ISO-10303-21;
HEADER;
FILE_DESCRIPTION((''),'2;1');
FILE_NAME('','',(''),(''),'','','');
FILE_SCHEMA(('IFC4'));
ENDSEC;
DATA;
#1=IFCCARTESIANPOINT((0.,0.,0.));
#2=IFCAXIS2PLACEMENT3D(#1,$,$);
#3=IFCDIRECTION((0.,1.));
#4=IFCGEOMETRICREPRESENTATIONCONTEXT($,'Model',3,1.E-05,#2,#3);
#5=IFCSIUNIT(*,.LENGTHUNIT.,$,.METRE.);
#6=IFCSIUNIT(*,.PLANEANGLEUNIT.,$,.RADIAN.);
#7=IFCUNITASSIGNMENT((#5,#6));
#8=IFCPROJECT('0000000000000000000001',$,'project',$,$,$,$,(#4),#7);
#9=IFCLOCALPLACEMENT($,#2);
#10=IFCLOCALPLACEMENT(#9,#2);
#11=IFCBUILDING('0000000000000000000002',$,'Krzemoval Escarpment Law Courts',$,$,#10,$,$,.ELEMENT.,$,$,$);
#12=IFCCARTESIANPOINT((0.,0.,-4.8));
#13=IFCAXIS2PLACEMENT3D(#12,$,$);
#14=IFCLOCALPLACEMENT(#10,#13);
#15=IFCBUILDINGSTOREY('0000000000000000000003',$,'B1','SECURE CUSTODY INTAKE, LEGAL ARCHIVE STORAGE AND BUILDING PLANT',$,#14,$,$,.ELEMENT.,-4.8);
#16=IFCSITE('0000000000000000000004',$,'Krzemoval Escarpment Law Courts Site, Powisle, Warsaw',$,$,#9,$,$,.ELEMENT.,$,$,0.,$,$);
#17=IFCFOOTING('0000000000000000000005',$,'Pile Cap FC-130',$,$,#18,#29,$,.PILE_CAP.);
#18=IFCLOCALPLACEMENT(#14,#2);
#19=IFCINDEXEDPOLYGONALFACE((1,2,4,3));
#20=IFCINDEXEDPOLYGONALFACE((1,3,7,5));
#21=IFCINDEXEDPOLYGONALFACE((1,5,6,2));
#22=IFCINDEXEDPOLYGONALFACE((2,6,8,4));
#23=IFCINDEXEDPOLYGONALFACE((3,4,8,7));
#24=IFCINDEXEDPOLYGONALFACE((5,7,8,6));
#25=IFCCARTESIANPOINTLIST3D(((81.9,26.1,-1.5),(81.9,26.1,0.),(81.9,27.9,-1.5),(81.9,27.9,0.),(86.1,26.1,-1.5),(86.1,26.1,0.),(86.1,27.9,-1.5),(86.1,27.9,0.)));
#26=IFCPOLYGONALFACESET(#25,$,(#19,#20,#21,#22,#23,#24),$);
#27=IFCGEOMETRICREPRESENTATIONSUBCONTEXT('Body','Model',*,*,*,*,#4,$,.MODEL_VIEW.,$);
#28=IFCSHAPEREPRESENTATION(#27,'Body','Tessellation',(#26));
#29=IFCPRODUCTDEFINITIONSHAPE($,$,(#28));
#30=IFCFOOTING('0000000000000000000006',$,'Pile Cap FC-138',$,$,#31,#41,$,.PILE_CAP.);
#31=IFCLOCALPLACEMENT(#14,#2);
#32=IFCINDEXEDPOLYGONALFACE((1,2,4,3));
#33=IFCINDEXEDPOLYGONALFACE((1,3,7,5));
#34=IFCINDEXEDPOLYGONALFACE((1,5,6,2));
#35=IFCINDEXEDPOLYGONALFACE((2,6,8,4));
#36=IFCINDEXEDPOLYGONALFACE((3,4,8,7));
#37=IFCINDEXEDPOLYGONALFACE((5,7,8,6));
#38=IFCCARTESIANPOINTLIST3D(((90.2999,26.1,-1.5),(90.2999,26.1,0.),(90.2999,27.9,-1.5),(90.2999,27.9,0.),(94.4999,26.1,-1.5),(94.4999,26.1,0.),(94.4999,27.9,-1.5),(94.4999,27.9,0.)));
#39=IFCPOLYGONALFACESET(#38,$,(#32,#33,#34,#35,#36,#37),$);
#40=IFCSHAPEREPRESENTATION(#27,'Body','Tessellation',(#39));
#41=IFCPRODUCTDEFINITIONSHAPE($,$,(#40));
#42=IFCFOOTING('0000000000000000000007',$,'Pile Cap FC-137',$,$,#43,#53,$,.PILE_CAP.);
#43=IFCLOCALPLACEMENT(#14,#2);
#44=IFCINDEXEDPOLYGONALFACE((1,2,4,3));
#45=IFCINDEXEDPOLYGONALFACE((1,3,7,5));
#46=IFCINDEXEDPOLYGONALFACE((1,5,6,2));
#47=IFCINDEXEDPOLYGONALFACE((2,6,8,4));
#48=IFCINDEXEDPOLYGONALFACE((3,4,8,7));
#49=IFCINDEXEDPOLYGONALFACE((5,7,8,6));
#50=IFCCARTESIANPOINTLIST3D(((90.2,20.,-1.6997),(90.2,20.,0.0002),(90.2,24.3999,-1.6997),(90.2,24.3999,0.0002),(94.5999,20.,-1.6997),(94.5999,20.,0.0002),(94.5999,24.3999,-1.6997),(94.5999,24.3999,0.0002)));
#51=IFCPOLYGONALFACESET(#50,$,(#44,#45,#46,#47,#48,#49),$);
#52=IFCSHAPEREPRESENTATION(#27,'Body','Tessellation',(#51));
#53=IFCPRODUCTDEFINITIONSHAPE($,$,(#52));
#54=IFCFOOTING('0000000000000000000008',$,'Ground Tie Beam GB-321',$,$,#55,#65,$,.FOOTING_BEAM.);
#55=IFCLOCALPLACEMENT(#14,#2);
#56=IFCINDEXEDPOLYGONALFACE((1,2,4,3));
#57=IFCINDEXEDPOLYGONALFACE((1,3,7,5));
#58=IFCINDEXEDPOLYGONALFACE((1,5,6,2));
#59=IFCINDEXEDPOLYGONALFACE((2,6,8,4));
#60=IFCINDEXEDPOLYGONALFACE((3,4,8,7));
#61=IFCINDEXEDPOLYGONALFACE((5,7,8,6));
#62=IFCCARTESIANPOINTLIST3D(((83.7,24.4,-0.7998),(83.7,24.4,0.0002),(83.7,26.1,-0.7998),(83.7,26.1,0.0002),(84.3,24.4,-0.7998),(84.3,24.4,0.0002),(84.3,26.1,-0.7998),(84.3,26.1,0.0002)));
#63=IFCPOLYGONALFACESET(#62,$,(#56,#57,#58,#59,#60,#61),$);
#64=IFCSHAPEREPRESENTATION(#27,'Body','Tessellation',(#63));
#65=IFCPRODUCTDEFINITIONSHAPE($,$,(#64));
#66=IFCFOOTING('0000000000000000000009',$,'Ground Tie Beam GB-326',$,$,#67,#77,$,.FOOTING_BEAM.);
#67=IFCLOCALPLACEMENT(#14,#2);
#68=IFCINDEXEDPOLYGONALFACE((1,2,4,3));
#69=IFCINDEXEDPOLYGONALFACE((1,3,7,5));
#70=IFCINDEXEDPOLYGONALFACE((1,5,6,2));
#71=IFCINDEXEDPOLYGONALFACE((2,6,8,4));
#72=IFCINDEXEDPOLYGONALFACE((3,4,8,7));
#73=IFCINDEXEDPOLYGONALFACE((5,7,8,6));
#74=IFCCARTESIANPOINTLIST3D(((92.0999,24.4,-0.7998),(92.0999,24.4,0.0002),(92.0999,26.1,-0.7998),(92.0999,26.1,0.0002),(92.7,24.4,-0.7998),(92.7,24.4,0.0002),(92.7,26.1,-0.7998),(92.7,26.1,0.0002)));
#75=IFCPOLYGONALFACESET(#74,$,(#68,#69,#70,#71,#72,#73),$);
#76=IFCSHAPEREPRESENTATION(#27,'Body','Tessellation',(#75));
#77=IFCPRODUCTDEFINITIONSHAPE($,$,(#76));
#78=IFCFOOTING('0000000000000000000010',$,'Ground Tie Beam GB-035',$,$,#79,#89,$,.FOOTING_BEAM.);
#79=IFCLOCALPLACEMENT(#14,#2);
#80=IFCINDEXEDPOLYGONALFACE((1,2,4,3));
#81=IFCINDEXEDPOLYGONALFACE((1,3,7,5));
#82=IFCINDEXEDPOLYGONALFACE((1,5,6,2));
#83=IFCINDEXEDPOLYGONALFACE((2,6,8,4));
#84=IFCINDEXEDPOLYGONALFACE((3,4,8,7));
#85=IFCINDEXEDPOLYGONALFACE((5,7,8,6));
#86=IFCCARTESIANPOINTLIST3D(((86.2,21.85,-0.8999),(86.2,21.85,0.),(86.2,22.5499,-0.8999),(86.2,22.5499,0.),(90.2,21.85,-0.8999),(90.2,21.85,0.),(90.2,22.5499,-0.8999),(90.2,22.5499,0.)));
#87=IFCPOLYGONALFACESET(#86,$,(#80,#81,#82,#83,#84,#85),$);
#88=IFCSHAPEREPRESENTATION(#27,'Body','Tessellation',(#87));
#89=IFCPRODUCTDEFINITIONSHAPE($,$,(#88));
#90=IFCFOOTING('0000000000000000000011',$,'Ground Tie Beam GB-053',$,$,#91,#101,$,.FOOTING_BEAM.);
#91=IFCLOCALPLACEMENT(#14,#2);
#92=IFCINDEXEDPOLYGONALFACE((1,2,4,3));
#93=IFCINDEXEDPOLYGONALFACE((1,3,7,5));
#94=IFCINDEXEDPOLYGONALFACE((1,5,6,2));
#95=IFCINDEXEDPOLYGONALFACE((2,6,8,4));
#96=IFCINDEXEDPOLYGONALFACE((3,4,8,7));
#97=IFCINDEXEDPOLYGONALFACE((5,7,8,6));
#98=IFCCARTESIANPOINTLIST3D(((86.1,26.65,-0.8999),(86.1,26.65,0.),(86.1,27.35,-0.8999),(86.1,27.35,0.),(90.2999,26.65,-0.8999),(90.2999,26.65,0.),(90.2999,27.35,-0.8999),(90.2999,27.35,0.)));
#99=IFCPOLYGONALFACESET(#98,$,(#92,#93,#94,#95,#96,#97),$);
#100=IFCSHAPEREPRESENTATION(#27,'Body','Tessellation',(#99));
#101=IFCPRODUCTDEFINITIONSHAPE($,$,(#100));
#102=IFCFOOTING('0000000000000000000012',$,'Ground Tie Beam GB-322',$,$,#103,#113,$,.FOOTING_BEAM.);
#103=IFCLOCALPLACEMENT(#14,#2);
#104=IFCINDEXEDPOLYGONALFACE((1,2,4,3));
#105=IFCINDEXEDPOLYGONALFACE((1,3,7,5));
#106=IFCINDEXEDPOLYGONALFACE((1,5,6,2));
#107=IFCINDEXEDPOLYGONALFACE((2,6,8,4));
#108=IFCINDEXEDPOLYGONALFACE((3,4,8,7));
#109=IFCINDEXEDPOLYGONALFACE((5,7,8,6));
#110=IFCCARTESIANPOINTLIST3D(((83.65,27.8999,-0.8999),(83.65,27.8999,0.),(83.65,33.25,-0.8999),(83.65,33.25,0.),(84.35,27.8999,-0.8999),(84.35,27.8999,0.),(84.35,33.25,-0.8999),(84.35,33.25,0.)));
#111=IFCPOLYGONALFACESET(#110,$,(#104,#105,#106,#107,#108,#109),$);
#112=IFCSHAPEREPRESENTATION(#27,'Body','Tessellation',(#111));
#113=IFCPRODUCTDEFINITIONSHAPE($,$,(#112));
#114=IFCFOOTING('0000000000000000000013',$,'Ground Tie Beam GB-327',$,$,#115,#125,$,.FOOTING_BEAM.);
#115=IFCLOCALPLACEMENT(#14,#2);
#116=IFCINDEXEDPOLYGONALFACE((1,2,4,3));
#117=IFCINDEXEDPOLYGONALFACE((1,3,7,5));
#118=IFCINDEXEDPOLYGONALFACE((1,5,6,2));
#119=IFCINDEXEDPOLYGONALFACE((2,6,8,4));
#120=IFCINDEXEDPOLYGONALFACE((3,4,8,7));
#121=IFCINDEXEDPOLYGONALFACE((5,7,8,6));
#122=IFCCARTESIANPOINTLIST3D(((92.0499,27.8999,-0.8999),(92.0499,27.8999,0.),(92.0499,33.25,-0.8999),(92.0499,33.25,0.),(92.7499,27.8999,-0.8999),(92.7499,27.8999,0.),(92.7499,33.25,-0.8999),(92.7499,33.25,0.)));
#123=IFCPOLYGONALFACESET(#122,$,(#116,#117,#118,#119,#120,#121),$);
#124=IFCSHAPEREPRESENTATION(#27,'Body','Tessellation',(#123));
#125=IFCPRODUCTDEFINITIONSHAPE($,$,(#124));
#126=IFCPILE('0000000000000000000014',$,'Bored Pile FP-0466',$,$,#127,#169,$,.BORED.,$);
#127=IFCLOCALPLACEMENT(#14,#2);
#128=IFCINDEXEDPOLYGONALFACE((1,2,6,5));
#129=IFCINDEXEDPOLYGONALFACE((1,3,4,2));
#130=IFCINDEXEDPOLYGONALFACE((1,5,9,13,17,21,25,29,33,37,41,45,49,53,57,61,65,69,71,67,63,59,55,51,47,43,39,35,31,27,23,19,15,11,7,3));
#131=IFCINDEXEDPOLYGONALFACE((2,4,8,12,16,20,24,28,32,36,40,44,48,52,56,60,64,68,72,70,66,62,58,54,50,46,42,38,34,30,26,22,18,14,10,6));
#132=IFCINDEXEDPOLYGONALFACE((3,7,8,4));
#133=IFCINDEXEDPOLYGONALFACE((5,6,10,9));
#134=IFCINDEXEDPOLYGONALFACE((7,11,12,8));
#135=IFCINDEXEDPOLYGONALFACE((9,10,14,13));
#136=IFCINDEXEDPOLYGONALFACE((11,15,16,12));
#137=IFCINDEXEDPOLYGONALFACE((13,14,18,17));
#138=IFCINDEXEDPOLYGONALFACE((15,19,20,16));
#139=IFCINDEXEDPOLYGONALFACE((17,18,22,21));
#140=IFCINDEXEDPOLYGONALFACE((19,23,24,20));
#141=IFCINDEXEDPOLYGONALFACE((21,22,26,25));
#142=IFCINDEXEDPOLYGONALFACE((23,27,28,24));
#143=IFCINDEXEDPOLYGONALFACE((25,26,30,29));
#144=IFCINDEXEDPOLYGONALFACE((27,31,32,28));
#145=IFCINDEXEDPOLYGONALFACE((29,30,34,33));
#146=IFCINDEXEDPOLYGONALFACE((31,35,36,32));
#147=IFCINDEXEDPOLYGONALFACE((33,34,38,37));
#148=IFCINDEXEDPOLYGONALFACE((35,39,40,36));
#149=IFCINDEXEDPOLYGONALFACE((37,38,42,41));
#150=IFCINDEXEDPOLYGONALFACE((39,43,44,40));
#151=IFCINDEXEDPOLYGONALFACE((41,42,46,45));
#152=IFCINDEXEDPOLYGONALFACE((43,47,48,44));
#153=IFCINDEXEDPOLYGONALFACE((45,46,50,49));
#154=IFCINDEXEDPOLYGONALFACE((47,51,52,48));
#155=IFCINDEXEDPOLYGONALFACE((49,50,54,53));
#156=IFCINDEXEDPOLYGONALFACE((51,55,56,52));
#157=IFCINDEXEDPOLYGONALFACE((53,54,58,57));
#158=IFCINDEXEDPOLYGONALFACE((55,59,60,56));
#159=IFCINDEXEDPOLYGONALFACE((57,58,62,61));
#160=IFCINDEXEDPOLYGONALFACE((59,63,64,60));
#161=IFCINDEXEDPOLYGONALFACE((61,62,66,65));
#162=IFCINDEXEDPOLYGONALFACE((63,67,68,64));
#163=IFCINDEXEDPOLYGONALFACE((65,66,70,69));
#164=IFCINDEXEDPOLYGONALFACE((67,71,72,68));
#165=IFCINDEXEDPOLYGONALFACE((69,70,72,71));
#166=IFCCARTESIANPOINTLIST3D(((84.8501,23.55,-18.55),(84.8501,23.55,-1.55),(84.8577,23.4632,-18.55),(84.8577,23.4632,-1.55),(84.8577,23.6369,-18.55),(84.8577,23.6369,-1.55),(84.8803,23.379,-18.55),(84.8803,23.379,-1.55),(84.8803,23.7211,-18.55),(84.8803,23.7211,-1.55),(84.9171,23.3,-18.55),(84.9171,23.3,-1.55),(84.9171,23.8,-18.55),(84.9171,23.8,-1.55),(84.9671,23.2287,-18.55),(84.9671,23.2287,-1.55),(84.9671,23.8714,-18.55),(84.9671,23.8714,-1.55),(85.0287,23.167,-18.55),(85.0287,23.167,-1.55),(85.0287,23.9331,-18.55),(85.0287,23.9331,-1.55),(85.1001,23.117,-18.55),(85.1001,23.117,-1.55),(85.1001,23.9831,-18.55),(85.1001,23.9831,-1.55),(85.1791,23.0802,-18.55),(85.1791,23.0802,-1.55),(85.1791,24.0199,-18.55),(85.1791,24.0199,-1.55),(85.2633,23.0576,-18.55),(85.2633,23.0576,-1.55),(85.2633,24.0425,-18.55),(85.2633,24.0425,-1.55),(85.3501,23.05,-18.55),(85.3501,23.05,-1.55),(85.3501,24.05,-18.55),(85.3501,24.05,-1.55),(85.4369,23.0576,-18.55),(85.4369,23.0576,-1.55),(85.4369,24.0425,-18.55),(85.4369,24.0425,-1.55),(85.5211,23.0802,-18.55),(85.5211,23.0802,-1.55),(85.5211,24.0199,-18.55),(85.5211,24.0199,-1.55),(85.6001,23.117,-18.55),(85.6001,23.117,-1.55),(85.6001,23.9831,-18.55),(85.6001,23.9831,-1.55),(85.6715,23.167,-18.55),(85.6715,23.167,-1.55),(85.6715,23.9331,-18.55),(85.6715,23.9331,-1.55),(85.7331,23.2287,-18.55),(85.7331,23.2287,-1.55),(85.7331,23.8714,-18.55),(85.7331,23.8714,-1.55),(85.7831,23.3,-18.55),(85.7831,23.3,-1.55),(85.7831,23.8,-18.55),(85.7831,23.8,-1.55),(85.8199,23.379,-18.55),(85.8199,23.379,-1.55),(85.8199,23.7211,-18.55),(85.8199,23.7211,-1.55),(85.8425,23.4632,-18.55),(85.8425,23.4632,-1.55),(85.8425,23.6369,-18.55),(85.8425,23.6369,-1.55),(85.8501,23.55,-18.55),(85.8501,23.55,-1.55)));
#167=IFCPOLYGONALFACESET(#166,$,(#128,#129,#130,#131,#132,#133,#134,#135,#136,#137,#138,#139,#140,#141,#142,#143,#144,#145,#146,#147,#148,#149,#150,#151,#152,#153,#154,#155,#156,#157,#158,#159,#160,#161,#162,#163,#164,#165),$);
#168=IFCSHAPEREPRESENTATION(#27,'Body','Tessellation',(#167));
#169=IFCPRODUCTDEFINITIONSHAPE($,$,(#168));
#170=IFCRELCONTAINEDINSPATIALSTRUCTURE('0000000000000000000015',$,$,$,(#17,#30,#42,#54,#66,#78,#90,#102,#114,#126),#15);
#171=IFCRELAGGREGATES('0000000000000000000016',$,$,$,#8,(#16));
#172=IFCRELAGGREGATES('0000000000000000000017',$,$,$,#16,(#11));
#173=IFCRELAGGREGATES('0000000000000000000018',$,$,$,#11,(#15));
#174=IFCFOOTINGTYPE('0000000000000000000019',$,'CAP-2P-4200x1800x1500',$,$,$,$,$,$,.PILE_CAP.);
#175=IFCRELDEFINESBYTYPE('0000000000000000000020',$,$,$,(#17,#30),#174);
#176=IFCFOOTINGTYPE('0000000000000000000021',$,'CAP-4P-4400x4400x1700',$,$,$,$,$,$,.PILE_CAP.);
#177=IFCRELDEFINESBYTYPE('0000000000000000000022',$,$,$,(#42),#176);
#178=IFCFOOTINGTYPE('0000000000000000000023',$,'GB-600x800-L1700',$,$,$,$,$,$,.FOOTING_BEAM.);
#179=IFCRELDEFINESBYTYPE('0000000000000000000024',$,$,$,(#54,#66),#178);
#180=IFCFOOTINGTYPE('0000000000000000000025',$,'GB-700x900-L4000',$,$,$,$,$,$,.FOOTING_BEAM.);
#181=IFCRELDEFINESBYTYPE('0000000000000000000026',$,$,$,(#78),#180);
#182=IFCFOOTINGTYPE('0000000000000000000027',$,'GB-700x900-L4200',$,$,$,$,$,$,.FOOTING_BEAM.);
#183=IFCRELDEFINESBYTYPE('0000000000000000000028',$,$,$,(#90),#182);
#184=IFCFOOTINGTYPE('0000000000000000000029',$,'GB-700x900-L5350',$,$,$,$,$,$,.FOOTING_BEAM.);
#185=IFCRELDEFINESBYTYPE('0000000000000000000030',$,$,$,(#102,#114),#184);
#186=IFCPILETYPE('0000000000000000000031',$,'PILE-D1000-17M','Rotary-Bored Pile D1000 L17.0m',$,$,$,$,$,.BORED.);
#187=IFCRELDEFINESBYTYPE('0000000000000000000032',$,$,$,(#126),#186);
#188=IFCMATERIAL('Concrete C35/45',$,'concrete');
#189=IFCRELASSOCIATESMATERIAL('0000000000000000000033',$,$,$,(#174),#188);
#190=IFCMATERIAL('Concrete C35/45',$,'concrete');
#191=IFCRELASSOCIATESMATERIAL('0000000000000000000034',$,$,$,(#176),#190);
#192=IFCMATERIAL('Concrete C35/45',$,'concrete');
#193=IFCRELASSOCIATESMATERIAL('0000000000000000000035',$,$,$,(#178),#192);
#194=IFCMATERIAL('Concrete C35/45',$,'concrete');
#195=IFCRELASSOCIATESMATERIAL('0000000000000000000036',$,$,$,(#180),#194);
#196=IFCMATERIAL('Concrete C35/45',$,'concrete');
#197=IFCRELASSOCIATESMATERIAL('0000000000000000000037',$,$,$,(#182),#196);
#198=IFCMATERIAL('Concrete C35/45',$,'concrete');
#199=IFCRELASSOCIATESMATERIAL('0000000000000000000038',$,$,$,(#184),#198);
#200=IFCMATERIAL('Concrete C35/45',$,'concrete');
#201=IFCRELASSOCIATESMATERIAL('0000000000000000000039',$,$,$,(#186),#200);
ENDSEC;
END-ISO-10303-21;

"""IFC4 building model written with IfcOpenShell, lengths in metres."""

from ifc_helpers import new_model, si_unit, direction, frame, origin, origin_2d, place, context, subcontext, project, spatial, rectangle, circle, extrude, material, material_profile, profile_set, type_object, element, save


model = new_model("IFC4")

# Units and contexts
model_context = context("Model", 3, precision=1e-05, world=origin(), true_north=direction((0.0, 1.0)))
body_context = subcontext(model_context, "Body", "Model", "MODEL_VIEW")
ifc_project = project(units=[si_unit("LENGTHUNIT", "METRE"), si_unit("PLANEANGLEUNIT", "RADIAN")], contexts=[model_context])

# Site, building, storey
site_placement = place(None, origin())
site = spatial("IfcSite", under=ifc_project, at=site_placement, Name="Krzemoval Escarpment Law Courts Site, Powisle, Warsaw", CompositionType="ELEMENT", RefElevation=0.0)
building_placement = place(site_placement, origin())
building = spatial("IfcBuilding", under=site, at=building_placement, Name="Krzemoval Escarpment Law Courts", CompositionType="ELEMENT")
storey_placement = place(building_placement, frame((0.0, 0.0, -4.8)))
storey = spatial("IfcBuildingStorey", under=building, at=storey_placement, Name="B1", Description="SECURE CUSTODY INTAKE, LEGAL ARCHIVE STORAGE AND BUILDING PLANT", CompositionType="ELEMENT", Elevation=-4.8)

# Footings
ifc_material_1 = material(Name="Concrete C35/45", Category="concrete")
footing_type_1 = type_object("IfcFootingType", Name="CAP-2P-4200x1800x1500", PredefinedType="PILE_CAP", material=ifc_material_1)
for number, where, z_axis, x_axis, name in (
    (1, (84.0, 27.0, -1.5), (0.0, 0.0, 1.0), (1.0, 0.0, 0.0), "Pile Cap FC-130"),
    (2, (92.3999, 27.0, -1.5), (0.0, 0.0, 1.0), (1.0, 0.0, 0.0), "Pile Cap FC-138"),
):
    element("IfcFooting", number, at=place(storey_placement, frame(where, z_axis=z_axis, x_axis=x_axis)), inside=storey, type_object=footing_type_1, Name=name, PredefinedType="PILE_CAP", context=body_context, shape_type="SweptSolid", body=[
        extrude(rectangle(XDim=4.2, YDim=1.8, at=origin_2d()), origin(), (0.0, 0.0, 1.0), 1.5),
    ])
ifc_material_2 = material(Name="Concrete C35/45", Category="concrete")
footing_type_2 = type_object("IfcFootingType", Name="CAP-4P-4400x4400x1700", PredefinedType="PILE_CAP", material=ifc_material_2)
footing_1_placement = place(storey_placement, frame((92.3999, 22.2, -1.6997), z_axis=(0.0, 0.0, 1.0), x_axis=(1.0, 0.0, 0.0)))
element("IfcFooting", 3, at=footing_1_placement, inside=storey, type_object=footing_type_2, Name="Pile Cap FC-137", PredefinedType="PILE_CAP", context=body_context, shape_type="SweptSolid", body=[
    extrude(rectangle(XDim=4.3999, YDim=4.3999, at=origin_2d()), origin(), (0.0, 0.0, 1.0), 1.7),
])
ifc_material_3 = material(Name="Concrete C35/45", Category="concrete")
footing_type_3 = type_object("IfcFootingType", Name="GB-600x800-L1700", PredefinedType="FOOTING_BEAM", material=ifc_material_3)
for number, where, z_axis, x_axis, name in (
    (4, (84.0, 25.25, -0.7998), (0.0, 0.0, 1.0), (0.0, 1.0, 0.0), "Ground Tie Beam GB-321"),
    (5, (92.3999, 25.25, -0.7998), (0.0, 0.0, 1.0), (0.0, 1.0, 0.0), "Ground Tie Beam GB-326"),
):
    element("IfcFooting", number, at=place(storey_placement, frame(where, z_axis=z_axis, x_axis=x_axis)), inside=storey, type_object=footing_type_3, Name=name, PredefinedType="FOOTING_BEAM", context=body_context, shape_type="SweptSolid", body=[
        extrude(rectangle(XDim=1.7, YDim=0.6001, at=origin_2d()), origin(), (0.0, 0.0, 1.0), 0.8),
    ])
ifc_material_4 = material(Name="Concrete C35/45", Category="concrete")
footing_type_4 = type_object("IfcFootingType", Name="GB-700x900-L4000", PredefinedType="FOOTING_BEAM", material=ifc_material_4)
footing_2_placement = place(storey_placement, frame((88.2, 22.2, -0.8999), z_axis=(0.0, 0.0, 1.0), x_axis=(1.0, 0.0, 0.0)))
element("IfcFooting", 6, at=footing_2_placement, inside=storey, type_object=footing_type_4, Name="Ground Tie Beam GB-035", PredefinedType="FOOTING_BEAM", context=body_context, shape_type="SweptSolid", body=[
    extrude(rectangle(XDim=4.0, YDim=0.7, at=origin_2d()), origin(), (0.0, 0.0, 1.0), 0.8999),
])
ifc_material_5 = material(Name="Concrete C35/45", Category="concrete")
footing_type_5 = type_object("IfcFootingType", Name="GB-700x900-L4200", PredefinedType="FOOTING_BEAM", material=ifc_material_5)
footing_3_placement = place(storey_placement, frame((88.2, 27.0, -0.8999), z_axis=(0.0, 0.0, 1.0), x_axis=(1.0, 0.0, 0.0)))
element("IfcFooting", 7, at=footing_3_placement, inside=storey, type_object=footing_type_5, Name="Ground Tie Beam GB-053", PredefinedType="FOOTING_BEAM", context=body_context, shape_type="SweptSolid", body=[
    extrude(rectangle(XDim=4.2, YDim=0.7, at=origin_2d()), origin(), (0.0, 0.0, 1.0), 0.8999),
])
ifc_material_6 = material(Name="Concrete C35/45", Category="concrete")
footing_type_6 = type_object("IfcFootingType", Name="GB-700x900-L5350", PredefinedType="FOOTING_BEAM", material=ifc_material_6)
for number, where, z_axis, x_axis, name in (
    (8, (84.0, 30.575, -0.8999), (0.0, 0.0, 1.0), (0.0, 1.0, 0.0), "Ground Tie Beam GB-322"),
    (9, (92.3999, 30.575, -0.8999), (0.0, 0.0, 1.0), (0.0, 1.0, 0.0), "Ground Tie Beam GB-327"),
):
    element("IfcFooting", number, at=place(storey_placement, frame(where, z_axis=z_axis, x_axis=x_axis)), inside=storey, type_object=footing_type_6, Name=name, PredefinedType="FOOTING_BEAM", context=body_context, shape_type="SweptSolid", body=[
        extrude(rectangle(XDim=5.3501, YDim=0.7, at=origin_2d()), origin(), (0.0, 0.0, 1.0), 0.8999),
    ])

# Pile
ifc_material_7 = material(Name="Concrete C35/45", Category="concrete")
ifc_material_profile_1 = material_profile(ifc_material_7, circle(Radius=0.5, at=origin_2d()), Name="PILE D1000")
ifc_profile_set_1 = profile_set([ifc_material_profile_1], Name="Concrete C35/45")
pile_type = type_object("IfcPileType", Name="PILE-D1000-17M", Description="Rotary-Bored Pile D1000 L17.0m", PredefinedType="BORED", material=ifc_profile_set_1)
for number, where, z_axis, x_axis, name in (
    (10, (85.3501, 23.55, -1.55), (0.0, 0.0, -1.0), (1.0, 0.0, 0.0), "Bored Pile FP-0466"),
):
    element("IfcPile", number, at=place(storey_placement, frame(where, z_axis=z_axis, x_axis=x_axis)), inside=storey, type_object=pile_type, Name=name, PredefinedType="BORED", context=body_context, shape_type="SweptSolid", body=[
        extrude(circle(Radius=0.5, at=origin_2d()), origin(), (0.0, 0.0, 1.0), 17.0),
    ])

save(model, "model.ifc")
